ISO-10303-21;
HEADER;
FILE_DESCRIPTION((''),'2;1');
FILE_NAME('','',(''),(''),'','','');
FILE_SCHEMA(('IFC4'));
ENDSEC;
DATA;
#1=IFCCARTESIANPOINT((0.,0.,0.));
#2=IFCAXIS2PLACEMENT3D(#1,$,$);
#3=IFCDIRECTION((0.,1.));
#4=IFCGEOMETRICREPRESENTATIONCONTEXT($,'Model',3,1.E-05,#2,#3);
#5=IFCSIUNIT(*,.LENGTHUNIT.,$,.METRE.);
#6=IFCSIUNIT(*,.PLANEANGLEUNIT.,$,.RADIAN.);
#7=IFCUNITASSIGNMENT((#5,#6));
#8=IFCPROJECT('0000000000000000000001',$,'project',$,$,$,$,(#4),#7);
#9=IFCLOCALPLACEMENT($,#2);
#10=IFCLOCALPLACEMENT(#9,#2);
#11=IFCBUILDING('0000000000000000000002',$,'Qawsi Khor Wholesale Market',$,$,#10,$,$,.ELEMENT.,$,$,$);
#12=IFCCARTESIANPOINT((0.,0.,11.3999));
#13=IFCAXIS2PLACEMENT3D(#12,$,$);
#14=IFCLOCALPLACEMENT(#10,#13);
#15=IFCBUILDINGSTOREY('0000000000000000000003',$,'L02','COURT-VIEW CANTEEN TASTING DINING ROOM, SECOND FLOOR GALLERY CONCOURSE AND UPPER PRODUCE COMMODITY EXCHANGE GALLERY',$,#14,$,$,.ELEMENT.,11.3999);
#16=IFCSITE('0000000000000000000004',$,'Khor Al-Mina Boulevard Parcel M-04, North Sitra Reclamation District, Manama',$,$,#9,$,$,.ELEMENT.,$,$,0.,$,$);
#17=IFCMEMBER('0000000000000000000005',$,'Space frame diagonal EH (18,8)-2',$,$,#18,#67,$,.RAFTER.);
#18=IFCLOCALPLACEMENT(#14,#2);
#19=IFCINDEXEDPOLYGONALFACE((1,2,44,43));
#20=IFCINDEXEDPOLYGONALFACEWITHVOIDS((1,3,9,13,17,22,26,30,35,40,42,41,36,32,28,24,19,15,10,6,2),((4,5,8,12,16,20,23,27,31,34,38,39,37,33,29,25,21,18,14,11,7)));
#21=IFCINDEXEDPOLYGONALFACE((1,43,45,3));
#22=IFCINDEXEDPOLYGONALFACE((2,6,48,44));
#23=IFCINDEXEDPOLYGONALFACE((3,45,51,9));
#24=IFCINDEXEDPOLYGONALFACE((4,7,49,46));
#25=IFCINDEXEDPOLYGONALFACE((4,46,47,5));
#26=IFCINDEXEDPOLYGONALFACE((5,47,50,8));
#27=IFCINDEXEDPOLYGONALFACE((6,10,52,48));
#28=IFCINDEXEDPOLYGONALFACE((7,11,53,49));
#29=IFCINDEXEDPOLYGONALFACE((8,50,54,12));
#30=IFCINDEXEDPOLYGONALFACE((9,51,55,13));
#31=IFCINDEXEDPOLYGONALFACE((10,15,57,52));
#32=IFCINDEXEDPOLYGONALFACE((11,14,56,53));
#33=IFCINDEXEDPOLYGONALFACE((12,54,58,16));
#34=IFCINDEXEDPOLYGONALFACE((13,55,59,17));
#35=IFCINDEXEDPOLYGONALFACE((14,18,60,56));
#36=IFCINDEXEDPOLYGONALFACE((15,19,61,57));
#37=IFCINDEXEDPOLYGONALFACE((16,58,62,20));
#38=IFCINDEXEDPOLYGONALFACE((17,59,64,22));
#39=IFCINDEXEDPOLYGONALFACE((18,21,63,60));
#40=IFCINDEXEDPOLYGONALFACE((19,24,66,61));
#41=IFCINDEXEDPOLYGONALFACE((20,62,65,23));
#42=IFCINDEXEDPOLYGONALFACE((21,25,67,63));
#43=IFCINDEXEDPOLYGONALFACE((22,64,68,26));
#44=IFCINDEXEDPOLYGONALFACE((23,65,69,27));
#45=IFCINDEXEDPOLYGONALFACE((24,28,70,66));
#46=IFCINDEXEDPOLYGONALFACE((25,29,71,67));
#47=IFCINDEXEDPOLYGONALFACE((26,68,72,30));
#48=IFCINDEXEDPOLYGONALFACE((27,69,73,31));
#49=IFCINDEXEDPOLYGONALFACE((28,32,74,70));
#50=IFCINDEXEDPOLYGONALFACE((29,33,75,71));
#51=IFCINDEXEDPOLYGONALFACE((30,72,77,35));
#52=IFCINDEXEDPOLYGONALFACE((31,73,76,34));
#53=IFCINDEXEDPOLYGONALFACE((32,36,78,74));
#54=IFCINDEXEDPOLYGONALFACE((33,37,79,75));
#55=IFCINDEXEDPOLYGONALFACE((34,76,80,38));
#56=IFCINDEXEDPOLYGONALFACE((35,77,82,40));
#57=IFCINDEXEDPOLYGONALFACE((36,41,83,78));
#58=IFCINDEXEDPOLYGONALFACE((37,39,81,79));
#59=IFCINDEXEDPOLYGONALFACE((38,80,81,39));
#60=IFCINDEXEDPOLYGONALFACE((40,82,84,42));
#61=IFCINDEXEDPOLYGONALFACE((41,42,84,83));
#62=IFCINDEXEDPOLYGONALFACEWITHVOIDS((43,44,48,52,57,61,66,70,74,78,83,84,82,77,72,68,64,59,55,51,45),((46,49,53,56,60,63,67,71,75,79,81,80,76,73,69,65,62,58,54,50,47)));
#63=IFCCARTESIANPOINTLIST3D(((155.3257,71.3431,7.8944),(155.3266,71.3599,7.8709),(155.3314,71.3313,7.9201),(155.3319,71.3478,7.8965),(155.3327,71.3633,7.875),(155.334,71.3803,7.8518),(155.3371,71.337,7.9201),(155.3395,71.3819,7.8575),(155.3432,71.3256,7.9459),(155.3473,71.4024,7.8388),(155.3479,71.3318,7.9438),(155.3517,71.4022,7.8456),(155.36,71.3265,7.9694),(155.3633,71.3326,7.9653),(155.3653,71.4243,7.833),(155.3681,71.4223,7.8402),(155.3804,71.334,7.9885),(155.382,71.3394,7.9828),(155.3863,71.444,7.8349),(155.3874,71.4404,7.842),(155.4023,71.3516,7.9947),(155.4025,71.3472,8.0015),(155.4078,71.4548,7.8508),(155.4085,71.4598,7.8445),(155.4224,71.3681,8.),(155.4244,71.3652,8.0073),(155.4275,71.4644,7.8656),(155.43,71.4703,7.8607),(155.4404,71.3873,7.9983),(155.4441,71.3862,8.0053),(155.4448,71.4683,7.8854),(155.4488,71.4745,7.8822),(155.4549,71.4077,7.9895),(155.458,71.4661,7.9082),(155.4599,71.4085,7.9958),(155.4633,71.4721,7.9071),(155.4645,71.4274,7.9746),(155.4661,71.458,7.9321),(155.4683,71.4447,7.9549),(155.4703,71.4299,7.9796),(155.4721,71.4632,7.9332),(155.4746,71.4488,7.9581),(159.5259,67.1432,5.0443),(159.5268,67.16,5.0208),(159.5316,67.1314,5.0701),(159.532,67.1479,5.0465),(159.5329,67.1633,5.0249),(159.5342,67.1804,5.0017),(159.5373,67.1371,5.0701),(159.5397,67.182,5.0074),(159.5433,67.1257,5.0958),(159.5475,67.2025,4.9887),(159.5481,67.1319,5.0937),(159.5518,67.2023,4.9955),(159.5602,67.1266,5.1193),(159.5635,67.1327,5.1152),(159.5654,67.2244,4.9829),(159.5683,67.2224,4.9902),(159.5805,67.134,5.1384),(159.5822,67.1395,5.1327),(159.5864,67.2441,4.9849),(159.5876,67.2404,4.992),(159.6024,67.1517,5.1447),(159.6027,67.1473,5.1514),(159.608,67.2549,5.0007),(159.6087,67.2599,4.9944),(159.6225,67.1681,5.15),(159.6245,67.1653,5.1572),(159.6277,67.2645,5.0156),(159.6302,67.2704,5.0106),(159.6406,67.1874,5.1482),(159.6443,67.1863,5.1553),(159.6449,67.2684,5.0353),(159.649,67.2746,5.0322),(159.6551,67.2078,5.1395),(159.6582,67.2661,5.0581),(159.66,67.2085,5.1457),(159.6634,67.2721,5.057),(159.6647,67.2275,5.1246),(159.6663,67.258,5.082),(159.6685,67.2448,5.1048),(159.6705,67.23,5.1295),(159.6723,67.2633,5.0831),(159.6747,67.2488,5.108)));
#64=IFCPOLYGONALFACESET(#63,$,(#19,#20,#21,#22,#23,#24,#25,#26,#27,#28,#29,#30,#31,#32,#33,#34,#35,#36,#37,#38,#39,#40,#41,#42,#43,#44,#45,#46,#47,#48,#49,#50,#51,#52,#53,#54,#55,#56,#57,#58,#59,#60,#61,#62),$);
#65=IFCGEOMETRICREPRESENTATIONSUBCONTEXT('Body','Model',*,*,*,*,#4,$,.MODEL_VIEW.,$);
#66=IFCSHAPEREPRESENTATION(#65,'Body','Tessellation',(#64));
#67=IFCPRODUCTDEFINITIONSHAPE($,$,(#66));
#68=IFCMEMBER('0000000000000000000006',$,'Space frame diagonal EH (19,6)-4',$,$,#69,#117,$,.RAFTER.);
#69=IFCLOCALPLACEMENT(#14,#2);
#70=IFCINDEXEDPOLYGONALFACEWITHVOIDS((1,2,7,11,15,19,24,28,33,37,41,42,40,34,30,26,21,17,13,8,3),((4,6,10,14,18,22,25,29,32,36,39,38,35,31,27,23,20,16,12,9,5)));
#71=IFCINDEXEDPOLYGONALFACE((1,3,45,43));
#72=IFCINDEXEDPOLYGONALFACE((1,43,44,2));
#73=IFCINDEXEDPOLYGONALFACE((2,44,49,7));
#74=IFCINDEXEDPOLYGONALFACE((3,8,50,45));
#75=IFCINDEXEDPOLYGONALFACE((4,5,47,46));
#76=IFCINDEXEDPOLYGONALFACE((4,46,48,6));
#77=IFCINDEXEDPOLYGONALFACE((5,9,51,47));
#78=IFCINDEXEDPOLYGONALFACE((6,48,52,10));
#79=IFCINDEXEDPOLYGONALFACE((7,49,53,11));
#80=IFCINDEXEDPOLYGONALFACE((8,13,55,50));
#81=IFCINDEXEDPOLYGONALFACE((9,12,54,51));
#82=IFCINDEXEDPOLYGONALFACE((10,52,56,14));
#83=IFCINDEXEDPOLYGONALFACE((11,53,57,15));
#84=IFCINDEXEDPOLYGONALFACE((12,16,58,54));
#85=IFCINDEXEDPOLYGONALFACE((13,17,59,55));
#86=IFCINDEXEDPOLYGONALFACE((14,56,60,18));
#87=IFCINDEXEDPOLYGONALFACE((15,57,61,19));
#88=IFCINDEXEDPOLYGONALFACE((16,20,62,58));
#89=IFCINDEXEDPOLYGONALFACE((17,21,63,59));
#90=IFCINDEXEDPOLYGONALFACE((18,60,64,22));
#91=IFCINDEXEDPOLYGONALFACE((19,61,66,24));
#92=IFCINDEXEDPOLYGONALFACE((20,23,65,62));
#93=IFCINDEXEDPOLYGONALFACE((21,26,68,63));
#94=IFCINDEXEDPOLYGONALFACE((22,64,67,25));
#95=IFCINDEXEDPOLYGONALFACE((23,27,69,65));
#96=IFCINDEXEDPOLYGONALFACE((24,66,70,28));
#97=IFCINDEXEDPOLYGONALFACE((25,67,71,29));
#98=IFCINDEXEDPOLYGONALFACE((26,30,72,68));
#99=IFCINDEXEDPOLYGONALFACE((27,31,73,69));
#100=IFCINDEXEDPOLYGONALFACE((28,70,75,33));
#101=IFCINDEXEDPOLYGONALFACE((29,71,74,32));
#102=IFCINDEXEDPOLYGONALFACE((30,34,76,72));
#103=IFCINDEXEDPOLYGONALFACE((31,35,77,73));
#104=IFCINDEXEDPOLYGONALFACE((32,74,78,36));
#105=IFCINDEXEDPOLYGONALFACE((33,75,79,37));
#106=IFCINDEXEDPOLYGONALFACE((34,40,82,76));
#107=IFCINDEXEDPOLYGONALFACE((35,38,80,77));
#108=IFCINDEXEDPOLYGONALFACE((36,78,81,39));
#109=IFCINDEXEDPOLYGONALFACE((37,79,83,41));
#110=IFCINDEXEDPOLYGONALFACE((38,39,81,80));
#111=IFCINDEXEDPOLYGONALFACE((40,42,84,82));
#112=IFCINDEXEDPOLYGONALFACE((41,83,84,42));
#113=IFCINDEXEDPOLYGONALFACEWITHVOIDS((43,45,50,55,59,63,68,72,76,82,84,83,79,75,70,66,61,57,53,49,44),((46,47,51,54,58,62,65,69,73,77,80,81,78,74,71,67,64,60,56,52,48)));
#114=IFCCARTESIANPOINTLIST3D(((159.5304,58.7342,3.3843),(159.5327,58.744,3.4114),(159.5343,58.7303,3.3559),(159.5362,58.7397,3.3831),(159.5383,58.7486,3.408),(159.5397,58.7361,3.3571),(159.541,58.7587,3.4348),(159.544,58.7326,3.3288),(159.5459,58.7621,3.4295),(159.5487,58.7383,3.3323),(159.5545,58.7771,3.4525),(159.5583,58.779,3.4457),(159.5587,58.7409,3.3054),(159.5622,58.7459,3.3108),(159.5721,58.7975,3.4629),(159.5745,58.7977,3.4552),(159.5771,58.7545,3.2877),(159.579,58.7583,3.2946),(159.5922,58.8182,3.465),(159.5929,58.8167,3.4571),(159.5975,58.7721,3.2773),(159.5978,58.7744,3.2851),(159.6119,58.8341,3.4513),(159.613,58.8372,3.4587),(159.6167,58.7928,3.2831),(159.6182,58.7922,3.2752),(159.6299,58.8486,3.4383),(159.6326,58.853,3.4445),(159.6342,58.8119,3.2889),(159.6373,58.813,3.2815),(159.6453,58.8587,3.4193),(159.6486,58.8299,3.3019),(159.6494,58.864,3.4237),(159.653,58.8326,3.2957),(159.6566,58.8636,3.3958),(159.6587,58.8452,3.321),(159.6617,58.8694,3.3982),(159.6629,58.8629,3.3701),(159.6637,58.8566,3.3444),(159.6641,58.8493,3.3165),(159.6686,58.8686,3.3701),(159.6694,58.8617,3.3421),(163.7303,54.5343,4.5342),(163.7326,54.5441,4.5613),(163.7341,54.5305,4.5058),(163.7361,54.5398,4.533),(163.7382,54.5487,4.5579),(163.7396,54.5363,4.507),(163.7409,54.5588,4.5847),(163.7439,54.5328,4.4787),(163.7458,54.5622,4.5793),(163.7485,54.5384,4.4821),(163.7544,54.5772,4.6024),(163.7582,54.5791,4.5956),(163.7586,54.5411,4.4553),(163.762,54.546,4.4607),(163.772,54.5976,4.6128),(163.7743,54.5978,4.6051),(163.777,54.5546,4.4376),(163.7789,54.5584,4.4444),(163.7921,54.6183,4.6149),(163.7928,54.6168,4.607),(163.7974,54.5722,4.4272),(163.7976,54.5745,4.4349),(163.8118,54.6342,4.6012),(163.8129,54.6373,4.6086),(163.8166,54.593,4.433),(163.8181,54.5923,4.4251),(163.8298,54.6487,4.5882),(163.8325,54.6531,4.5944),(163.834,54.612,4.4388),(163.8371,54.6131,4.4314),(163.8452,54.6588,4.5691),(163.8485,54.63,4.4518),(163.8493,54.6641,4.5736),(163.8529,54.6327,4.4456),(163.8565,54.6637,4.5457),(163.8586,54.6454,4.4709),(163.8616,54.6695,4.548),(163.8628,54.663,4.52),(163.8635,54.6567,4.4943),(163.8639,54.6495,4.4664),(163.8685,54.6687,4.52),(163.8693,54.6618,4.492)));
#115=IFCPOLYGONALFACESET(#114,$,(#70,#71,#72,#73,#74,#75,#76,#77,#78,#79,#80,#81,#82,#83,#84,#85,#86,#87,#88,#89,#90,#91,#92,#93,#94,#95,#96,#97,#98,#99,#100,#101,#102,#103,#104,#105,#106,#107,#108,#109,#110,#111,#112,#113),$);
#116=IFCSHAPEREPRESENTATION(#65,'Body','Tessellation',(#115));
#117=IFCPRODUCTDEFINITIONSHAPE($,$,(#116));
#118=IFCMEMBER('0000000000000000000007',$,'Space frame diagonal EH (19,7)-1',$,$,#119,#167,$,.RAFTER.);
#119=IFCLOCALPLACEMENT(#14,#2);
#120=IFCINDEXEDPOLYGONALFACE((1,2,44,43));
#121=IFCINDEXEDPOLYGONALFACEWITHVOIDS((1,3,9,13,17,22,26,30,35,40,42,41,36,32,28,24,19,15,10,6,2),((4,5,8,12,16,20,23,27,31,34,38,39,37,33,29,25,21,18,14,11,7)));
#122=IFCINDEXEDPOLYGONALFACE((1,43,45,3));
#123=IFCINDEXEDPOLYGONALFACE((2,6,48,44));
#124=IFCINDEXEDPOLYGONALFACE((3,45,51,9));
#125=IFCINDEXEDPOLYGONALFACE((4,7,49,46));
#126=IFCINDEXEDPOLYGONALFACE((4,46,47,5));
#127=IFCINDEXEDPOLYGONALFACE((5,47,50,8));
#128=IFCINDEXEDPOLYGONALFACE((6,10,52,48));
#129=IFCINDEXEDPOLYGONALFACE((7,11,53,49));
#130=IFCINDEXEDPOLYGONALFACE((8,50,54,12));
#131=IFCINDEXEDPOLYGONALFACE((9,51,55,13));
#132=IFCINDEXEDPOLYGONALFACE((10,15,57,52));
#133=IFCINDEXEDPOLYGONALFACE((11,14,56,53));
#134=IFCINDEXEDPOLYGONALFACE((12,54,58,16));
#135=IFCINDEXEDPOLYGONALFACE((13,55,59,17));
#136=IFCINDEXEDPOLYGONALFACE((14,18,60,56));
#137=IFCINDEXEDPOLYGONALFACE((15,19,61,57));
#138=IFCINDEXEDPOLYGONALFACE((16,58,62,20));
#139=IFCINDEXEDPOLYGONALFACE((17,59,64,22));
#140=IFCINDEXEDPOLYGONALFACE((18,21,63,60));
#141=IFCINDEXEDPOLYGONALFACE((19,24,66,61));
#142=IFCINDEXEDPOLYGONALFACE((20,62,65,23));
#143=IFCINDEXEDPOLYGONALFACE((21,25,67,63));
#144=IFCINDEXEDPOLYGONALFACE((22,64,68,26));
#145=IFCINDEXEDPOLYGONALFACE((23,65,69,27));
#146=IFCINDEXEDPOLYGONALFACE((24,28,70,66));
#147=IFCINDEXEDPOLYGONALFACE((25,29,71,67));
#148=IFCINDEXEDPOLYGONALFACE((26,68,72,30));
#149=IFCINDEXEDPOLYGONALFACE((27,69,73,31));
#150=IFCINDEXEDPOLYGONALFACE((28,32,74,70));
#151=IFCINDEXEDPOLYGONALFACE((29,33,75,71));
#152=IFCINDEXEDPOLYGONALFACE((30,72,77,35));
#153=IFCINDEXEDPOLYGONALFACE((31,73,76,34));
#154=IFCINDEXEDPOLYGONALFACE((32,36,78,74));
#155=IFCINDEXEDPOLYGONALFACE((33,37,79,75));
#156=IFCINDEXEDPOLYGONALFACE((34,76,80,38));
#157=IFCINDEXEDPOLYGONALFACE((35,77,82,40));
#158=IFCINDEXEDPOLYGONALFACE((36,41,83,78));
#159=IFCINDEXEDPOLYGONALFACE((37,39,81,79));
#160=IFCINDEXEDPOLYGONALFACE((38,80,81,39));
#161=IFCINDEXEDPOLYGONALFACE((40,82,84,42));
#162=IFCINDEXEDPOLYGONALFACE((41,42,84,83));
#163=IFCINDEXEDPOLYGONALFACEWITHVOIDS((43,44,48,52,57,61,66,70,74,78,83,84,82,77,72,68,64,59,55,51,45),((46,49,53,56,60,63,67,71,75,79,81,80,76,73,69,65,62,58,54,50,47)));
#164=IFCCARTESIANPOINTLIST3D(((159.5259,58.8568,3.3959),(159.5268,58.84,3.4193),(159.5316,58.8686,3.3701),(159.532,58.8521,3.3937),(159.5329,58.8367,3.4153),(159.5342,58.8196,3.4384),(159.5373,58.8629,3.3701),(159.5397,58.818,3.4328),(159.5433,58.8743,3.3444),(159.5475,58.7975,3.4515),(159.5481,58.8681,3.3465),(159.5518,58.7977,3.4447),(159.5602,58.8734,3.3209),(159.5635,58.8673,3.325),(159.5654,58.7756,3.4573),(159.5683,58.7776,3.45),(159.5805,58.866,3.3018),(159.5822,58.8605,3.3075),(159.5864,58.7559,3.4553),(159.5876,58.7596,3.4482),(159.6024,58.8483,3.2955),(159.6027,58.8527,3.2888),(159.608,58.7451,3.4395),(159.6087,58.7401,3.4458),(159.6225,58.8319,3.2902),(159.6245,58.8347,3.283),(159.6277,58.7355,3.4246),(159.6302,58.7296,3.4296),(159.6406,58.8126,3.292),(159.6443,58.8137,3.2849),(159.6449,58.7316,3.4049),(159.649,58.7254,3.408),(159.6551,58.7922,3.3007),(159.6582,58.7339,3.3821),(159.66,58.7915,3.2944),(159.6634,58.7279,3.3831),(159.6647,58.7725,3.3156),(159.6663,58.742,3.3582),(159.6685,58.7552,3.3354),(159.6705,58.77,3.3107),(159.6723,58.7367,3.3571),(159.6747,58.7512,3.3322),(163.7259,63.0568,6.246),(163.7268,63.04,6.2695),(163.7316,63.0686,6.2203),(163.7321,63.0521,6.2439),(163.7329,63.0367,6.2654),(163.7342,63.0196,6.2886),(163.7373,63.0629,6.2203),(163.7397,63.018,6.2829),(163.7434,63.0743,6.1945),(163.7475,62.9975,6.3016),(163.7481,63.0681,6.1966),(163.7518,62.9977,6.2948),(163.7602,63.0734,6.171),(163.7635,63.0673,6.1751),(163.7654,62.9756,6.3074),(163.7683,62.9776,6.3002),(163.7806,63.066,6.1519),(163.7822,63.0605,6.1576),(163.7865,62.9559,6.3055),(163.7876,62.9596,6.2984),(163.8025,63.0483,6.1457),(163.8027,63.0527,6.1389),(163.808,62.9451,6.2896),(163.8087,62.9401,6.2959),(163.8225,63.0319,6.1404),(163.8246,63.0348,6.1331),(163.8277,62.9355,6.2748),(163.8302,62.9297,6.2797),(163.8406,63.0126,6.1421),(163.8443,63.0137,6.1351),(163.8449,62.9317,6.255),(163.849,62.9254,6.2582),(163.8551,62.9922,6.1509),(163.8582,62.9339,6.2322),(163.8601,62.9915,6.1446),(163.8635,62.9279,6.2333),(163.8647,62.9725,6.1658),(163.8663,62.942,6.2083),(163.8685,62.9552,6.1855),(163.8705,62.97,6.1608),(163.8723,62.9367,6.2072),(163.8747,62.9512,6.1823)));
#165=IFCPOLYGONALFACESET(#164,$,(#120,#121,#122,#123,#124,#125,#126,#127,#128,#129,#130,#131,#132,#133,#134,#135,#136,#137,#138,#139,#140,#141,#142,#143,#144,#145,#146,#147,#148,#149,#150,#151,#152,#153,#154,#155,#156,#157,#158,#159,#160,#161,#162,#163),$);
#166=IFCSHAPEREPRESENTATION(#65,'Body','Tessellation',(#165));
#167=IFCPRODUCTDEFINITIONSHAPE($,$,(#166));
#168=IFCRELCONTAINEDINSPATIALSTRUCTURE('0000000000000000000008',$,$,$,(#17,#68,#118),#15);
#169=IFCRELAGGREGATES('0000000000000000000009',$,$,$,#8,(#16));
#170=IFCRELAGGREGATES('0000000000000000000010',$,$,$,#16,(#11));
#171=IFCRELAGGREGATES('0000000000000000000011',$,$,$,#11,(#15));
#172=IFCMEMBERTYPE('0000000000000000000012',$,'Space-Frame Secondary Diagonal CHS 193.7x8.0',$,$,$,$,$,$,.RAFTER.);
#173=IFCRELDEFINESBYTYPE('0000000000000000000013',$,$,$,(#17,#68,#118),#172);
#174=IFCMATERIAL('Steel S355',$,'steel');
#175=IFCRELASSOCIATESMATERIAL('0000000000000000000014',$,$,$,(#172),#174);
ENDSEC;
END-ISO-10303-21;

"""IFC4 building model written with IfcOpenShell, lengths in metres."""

from ifc_helpers import new_model, si_unit, direction, frame, origin, origin_2d, place, context, subcontext, project, spatial, hollow_circle, extrude, material, material_profile, profile_set, type_object, element, save


model = new_model("IFC4")

# Units and contexts
model_context = context("Model", 3, precision=1e-05, world=origin(), true_north=direction((0.0, 1.0)))
body_context = subcontext(model_context, "Body", "Model", "MODEL_VIEW")
ifc_project = project(units=[si_unit("LENGTHUNIT", "METRE"), si_unit("PLANEANGLEUNIT", "RADIAN")], contexts=[model_context])

# Site, building, storey
site_placement = place(None, origin())
site = spatial("IfcSite", under=ifc_project, at=site_placement, Name="Khor Al-Mina Boulevard Parcel M-04, North Sitra Reclamation District, Manama", CompositionType="ELEMENT", RefElevation=0.0)
building_placement = place(site_placement, origin())
building = spatial("IfcBuilding", under=site, at=building_placement, Name="Qawsi Khor Wholesale Market", CompositionType="ELEMENT")
storey_placement = place(building_placement, frame((0.0, 0.0, 11.3999)))
storey = spatial("IfcBuildingStorey", under=building, at=storey_placement, Name="L02", Description="COURT-VIEW CANTEEN TASTING DINING ROOM, SECOND FLOOR GALLERY CONCOURSE AND UPPER PRODUCE COMMODITY EXCHANGE GALLERY", CompositionType="ELEMENT", Elevation=11.3999)

# Members
ifc_material_1 = material(Name="Steel S355", Category="steel")
ifc_material_profile_1 = material_profile(ifc_material_1, hollow_circle(Radius=0.0969, WallThickness=0.0081, at=origin_2d()), Name="CHS 193.7x8.0")
ifc_profile_set_1 = profile_set([ifc_material_profile_1], Name="Steel S355")
member_type_1 = type_object("IfcMemberType", Name="Space-Frame Secondary Diagonal CHS 193.7x8.0", PredefinedType="RAFTER", material=ifc_profile_set_1)
for number, where, z_axis, x_axis, name in (
    (1, (159.6001, 67.2, 5.0701), (-0.637534, 0.637497, 0.432607), (-0.707086, -0.707127, 0.0), "Space frame diagonal EH (18,8)-2"),
):
    element("IfcMember", number, at=place(storey_placement, frame(where, z_axis=z_axis, x_axis=x_axis)), inside=storey, type_object=member_type_1, Name=name, PredefinedType="RAFTER", context=body_context, shape_type="SweptSolid", body=[
        extrude(hollow_circle(Radius=0.0969, WallThickness=0.0081, at=origin_2d()), origin(), (0.0, 0.0, 1.0), 6.5881),
    ])
member_1_placement = place(storey_placement, frame((159.6001, 58.8, 3.3701), z_axis=(0.694217, -0.694217, 0.190069), x_axis=(0.707107, 0.707107, 0.0)))
element("IfcMember", 2, at=member_1_placement, inside=storey, type_object=member_type_1, Name="Space frame diagonal EH (19,6)-4", PredefinedType="RAFTER", context=body_context, shape_type="SweptSolid", body=[
    extrude(hollow_circle(Radius=0.0969, WallThickness=0.0081, at=origin_2d()), origin(), (0.0, 0.0, 1.0), 6.0498),
])
member_2_placement = place(storey_placement, frame((159.6001, 58.8, 3.3701), z_axis=(0.637512, 0.637512, 0.432617), x_axis=(-0.707107, 0.707107, 0.0)))
element("IfcMember", 3, at=member_2_placement, inside=storey, type_object=member_type_1, Name="Space frame diagonal EH (19,7)-1", PredefinedType="RAFTER", context=body_context, shape_type="SweptSolid", body=[
    extrude(hollow_circle(Radius=0.0969, WallThickness=0.0081, at=origin_2d()), origin(), (0.0, 0.0, 1.0), 6.5881),
])

save(model, "model.ifc")
